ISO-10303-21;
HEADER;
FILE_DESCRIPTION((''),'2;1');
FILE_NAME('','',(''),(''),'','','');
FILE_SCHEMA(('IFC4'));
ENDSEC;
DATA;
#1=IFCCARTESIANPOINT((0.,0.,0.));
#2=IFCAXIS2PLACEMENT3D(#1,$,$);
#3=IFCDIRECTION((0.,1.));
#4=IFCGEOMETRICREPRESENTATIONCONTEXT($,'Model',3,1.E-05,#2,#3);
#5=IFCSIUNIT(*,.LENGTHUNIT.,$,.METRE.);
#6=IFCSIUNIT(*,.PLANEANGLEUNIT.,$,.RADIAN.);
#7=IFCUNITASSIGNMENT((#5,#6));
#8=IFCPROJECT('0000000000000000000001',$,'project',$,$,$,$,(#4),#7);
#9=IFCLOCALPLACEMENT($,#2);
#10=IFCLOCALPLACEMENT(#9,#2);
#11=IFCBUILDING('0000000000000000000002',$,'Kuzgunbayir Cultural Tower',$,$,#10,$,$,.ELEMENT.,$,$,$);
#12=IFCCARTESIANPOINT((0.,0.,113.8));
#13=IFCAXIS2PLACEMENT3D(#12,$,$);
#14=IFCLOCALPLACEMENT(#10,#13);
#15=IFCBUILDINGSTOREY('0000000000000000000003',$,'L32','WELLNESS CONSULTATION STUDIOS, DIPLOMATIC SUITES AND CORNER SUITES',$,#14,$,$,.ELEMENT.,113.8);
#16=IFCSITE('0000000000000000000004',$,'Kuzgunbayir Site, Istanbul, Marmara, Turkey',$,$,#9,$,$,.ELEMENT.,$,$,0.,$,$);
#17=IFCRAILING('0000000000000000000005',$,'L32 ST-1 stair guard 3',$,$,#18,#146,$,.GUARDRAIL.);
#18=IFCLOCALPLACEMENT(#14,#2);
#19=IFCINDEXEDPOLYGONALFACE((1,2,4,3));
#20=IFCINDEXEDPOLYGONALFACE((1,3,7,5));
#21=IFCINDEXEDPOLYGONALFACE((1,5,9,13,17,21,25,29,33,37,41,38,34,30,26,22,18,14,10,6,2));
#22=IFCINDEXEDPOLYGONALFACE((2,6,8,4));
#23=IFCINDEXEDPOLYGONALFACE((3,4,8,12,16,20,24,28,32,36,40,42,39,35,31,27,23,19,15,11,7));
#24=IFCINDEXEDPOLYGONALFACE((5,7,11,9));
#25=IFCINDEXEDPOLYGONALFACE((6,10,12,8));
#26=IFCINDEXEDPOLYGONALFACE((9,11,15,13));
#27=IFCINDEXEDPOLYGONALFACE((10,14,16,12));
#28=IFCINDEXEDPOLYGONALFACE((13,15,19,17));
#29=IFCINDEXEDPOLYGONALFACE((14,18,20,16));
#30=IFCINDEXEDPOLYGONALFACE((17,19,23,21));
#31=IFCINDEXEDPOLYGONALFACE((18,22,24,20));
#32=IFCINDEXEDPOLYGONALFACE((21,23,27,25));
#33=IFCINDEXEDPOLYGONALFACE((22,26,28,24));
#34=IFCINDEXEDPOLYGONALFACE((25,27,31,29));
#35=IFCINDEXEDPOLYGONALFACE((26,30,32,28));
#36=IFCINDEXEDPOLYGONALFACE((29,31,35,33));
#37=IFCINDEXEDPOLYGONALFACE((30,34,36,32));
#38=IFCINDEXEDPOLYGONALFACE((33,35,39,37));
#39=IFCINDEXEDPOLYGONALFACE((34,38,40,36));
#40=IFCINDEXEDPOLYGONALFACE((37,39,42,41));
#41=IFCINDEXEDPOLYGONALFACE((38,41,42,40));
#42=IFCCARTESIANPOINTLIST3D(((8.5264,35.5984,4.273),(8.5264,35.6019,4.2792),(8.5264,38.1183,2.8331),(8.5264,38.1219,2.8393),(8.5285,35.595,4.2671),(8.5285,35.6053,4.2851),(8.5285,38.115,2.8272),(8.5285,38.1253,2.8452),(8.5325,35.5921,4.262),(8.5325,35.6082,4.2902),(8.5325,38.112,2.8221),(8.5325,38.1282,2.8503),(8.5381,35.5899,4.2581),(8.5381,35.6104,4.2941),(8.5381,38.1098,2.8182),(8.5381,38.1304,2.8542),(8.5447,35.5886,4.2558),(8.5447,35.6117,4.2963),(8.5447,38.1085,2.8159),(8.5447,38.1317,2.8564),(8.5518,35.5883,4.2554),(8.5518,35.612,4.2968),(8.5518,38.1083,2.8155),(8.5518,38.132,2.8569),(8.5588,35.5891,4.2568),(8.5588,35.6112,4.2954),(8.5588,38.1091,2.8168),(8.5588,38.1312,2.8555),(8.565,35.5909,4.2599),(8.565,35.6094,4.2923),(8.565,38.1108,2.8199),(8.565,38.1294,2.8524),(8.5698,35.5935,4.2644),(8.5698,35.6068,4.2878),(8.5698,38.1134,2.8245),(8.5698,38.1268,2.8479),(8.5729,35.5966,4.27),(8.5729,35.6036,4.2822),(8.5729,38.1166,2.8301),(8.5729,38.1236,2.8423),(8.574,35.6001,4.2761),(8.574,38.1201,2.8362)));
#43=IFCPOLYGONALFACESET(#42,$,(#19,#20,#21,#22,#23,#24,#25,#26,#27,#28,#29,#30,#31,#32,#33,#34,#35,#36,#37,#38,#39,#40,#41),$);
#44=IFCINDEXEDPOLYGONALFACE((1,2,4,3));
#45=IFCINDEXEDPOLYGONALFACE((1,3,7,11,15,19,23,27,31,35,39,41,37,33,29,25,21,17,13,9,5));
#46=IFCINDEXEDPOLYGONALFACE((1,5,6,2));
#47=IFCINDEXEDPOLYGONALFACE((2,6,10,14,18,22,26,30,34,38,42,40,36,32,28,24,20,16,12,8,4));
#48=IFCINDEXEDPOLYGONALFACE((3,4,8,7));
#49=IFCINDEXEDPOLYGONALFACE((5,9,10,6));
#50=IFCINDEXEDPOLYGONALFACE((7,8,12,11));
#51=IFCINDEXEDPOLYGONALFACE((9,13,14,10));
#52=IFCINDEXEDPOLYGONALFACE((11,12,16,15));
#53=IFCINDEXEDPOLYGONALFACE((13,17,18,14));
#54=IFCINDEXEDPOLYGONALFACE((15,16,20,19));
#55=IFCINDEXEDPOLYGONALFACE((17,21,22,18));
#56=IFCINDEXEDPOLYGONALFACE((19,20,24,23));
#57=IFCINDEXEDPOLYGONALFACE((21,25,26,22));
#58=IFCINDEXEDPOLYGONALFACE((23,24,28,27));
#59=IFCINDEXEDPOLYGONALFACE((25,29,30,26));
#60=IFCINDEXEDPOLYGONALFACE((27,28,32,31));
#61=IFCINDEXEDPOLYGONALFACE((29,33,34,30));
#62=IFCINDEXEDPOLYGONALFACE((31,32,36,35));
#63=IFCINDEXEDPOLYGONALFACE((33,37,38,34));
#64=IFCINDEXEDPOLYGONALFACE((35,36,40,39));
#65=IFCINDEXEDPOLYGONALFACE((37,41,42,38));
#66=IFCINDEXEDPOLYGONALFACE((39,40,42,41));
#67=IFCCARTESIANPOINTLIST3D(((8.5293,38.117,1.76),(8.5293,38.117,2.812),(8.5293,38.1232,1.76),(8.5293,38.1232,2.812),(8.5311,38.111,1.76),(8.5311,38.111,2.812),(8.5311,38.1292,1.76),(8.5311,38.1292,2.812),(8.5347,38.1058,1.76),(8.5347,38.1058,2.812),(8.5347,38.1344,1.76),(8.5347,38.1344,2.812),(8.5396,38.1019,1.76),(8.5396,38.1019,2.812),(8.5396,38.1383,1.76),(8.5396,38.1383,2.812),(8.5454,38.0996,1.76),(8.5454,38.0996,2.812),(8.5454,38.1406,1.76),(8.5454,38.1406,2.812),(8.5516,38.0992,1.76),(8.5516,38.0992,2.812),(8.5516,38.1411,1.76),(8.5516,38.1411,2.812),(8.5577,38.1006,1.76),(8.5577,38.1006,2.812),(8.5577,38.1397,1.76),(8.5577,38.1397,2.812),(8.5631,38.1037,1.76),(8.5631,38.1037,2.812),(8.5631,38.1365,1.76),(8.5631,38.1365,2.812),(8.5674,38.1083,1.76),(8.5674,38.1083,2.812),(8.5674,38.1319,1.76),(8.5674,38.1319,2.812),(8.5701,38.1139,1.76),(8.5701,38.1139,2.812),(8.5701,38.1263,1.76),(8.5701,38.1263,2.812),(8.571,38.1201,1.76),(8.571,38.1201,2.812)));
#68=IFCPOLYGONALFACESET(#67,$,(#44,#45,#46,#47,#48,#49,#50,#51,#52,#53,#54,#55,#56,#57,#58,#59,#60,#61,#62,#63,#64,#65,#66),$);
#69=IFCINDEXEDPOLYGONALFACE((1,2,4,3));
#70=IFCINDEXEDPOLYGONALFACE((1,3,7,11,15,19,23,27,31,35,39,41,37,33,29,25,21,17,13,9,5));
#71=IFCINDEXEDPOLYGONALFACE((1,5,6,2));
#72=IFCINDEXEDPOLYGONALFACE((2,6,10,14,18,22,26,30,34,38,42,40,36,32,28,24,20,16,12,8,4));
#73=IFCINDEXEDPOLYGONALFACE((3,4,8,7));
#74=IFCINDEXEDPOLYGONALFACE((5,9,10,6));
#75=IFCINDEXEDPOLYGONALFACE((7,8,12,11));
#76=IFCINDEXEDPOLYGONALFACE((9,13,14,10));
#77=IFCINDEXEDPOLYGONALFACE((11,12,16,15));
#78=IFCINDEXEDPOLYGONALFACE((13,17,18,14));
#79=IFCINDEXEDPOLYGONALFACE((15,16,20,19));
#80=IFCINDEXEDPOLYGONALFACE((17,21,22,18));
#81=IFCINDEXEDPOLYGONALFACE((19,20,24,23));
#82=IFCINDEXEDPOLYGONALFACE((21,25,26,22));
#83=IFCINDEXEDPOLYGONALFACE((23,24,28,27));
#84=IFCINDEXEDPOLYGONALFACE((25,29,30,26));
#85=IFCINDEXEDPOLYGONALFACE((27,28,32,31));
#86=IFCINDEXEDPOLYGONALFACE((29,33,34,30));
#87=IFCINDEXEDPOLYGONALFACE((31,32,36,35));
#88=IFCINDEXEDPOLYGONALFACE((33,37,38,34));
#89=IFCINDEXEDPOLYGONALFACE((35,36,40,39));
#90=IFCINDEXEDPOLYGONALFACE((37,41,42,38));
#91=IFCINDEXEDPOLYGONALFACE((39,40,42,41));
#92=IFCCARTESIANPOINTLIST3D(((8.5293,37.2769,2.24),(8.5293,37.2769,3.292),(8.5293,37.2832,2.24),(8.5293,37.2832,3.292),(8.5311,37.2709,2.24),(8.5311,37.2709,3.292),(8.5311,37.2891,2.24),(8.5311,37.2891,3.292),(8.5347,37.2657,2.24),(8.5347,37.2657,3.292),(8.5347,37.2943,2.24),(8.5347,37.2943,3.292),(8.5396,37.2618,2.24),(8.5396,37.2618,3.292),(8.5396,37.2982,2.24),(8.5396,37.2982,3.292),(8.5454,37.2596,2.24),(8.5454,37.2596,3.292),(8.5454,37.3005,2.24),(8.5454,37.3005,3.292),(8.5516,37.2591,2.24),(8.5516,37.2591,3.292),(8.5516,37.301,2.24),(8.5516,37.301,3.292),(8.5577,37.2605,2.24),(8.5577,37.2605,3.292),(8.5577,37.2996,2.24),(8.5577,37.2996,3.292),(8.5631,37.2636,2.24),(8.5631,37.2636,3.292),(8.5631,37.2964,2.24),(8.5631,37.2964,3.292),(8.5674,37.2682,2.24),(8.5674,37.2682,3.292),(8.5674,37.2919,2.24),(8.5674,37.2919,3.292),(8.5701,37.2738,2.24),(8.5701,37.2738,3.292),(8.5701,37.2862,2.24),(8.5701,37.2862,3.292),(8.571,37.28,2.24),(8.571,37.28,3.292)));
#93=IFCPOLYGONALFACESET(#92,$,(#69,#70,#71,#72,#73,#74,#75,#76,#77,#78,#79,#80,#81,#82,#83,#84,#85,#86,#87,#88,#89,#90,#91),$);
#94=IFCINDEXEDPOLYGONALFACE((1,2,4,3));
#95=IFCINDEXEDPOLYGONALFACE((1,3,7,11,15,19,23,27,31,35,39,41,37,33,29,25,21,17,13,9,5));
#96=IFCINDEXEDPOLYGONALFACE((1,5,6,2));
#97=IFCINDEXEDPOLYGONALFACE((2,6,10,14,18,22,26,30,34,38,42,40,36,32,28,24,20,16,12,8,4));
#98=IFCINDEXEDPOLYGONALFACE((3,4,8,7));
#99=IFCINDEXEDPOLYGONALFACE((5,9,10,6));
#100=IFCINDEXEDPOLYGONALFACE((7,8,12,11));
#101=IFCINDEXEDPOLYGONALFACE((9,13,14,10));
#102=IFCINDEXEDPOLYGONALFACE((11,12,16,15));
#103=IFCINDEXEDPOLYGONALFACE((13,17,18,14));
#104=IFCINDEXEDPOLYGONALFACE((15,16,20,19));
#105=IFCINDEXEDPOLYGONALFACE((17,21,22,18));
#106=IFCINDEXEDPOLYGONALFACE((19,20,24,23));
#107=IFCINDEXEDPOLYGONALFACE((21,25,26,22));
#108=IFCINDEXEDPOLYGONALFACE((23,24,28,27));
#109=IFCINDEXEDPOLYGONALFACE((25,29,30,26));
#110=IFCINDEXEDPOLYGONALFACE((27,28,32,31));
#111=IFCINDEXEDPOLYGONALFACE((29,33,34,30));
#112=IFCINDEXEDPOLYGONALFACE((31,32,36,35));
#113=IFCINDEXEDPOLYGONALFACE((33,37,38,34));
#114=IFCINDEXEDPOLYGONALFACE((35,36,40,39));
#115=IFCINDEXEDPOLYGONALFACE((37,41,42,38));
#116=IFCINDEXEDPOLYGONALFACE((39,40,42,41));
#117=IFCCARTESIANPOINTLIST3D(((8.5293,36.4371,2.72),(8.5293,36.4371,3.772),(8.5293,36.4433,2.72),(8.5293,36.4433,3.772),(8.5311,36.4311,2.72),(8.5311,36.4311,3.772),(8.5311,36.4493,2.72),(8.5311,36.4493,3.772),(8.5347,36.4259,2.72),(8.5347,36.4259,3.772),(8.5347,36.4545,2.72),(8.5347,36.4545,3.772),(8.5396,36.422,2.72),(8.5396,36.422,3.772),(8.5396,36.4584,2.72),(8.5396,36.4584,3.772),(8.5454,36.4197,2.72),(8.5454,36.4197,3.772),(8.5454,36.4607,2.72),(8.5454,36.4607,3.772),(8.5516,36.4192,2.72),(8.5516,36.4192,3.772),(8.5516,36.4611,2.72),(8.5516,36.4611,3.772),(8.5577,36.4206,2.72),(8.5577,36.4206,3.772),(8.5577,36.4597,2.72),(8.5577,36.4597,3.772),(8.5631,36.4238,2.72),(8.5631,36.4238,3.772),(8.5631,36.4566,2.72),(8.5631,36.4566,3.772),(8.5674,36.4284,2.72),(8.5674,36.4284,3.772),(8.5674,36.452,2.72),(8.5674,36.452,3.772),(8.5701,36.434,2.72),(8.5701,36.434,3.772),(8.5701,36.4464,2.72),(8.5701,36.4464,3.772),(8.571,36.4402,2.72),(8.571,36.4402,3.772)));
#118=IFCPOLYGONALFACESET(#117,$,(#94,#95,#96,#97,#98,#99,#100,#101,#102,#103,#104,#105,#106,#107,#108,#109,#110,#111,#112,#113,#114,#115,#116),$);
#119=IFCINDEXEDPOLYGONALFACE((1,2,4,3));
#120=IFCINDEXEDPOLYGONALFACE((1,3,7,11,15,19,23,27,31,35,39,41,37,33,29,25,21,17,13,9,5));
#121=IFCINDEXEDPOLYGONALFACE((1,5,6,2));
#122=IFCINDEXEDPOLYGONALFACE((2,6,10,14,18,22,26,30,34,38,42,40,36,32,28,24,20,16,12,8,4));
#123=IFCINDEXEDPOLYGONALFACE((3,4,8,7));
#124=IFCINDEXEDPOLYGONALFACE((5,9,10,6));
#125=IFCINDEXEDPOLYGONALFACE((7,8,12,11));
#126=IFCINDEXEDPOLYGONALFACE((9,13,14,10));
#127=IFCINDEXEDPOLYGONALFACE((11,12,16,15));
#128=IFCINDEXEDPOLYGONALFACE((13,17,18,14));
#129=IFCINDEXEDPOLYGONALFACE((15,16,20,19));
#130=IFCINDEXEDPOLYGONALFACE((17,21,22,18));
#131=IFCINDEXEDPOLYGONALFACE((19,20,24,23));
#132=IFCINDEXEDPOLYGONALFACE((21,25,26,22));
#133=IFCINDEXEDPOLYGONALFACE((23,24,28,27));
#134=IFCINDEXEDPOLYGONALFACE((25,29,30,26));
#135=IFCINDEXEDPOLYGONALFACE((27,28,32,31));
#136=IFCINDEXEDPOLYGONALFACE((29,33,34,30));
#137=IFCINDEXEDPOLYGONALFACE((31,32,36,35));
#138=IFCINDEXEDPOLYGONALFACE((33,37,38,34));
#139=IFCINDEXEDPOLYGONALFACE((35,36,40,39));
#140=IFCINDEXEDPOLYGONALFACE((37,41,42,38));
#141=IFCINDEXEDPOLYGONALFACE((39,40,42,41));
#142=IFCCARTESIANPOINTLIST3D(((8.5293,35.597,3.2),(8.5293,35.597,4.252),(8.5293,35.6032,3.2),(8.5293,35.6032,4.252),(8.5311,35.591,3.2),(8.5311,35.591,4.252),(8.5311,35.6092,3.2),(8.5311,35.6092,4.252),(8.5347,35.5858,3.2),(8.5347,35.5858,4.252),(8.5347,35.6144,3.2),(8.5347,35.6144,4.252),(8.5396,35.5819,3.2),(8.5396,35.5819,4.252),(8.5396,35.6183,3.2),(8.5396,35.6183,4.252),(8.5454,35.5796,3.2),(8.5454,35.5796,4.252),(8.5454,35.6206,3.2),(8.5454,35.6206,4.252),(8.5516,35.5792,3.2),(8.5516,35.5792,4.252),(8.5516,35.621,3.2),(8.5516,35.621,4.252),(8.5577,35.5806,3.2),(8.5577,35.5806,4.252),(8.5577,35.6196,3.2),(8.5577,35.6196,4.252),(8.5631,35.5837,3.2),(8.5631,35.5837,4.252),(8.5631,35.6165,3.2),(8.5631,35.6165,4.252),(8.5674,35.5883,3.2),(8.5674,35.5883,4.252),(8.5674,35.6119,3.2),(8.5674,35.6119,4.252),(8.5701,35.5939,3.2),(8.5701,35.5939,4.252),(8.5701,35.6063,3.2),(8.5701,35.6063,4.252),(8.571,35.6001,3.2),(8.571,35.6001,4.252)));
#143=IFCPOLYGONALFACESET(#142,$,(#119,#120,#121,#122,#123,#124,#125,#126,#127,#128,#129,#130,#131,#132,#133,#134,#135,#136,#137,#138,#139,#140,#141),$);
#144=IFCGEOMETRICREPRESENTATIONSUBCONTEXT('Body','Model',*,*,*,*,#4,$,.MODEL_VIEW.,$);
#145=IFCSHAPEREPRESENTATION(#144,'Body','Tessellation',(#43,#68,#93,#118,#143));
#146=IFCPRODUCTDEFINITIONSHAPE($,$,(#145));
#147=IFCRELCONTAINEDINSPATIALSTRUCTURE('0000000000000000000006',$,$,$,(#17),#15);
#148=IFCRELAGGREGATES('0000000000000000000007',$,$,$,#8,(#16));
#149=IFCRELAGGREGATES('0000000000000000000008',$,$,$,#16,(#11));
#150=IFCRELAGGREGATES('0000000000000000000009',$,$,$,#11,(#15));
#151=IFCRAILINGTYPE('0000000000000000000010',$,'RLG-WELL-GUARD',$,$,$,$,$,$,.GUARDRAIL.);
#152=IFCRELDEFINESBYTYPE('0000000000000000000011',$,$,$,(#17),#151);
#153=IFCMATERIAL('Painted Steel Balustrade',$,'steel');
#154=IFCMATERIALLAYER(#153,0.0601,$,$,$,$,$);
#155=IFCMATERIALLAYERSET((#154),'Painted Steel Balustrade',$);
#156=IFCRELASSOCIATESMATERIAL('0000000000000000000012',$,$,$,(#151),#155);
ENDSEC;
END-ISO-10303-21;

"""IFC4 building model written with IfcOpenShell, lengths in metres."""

from ifc_helpers import new_model, si_unit, direction, frame, origin, origin_2d, place, context, subcontext, project, spatial, circle, extrude, material, layer, layer_set, type_object, element, save


model = new_model("IFC4")

# Units and contexts
model_context = context("Model", 3, precision=1e-05, world=origin(), true_north=direction((0.0, 1.0)))
body_context = subcontext(model_context, "Body", "Model", "MODEL_VIEW")
ifc_project = project(units=[si_unit("LENGTHUNIT", "METRE"), si_unit("PLANEANGLEUNIT", "RADIAN")], contexts=[model_context])

# Site, building, storey
site_placement = place(None, origin())
site = spatial("IfcSite", under=ifc_project, at=site_placement, Name="Kuzgunbayir Site, Istanbul, Marmara, Turkey", CompositionType="ELEMENT", RefElevation=0.0)
building_placement = place(site_placement, origin())
building = spatial("IfcBuilding", under=site, at=building_placement, Name="Kuzgunbayir Cultural Tower", CompositionType="ELEMENT")
storey_placement = place(building_placement, frame((0.0, 0.0, 113.8)))
storey = spatial("IfcBuildingStorey", under=building, at=storey_placement, Name="L32", Description="WELLNESS CONSULTATION STUDIOS, DIPLOMATIC SUITES AND CORNER SUITES", CompositionType="ELEMENT", Elevation=113.8)

# Railing
ifc_material_1 = material(Name="Painted Steel Balustrade", Category="steel")
ifc_layer_1 = layer(ifc_material_1, 0.0601)
ifc_layer_set_1 = layer_set([ifc_layer_1], Name="Painted Steel Balustrade")
railing_type_1 = type_object("IfcRailingType", Name="RLG-WELL-GUARD", PredefinedType="GUARDRAIL", material=ifc_layer_set_1)
railing_1_placement = place(storey_placement, frame((8.55, 38.1201, 1.76)))
element("IfcRailing", 1, at=railing_1_placement, inside=storey, type_object=railing_type_1, Name="L32 ST-1 stair guard 3", PredefinedType="GUARDRAIL", context=body_context, shape_type="SweptSolid", body=[
    extrude(circle(Radius=0.0239, at=origin_2d()), frame((0.0, 0.0, 1.0762), z_axis=(0.0, -0.868253, 0.496121), x_axis=(1.0, 0.0, 0.0)), (0.0, 0.0, 1.0), 2.9023),
    extrude(circle(Radius=0.021, at=origin_2d()), origin(), (0.0, 0.0, 1.0), 1.052),
    extrude(circle(Radius=0.021, at=origin_2d()), frame((0.0, -0.8401, 0.48)), (0.0, 0.0, 1.0), 1.052),
    extrude(circle(Radius=0.021, at=origin_2d()), frame((0.0, -1.6799, 0.96)), (0.0, 0.0, 1.0), 1.052),
    extrude(circle(Radius=0.021, at=origin_2d()), frame((0.0, -2.52, 1.4399)), (0.0, 0.0, 1.0), 1.052),
])

save(model, "model.ifc")
